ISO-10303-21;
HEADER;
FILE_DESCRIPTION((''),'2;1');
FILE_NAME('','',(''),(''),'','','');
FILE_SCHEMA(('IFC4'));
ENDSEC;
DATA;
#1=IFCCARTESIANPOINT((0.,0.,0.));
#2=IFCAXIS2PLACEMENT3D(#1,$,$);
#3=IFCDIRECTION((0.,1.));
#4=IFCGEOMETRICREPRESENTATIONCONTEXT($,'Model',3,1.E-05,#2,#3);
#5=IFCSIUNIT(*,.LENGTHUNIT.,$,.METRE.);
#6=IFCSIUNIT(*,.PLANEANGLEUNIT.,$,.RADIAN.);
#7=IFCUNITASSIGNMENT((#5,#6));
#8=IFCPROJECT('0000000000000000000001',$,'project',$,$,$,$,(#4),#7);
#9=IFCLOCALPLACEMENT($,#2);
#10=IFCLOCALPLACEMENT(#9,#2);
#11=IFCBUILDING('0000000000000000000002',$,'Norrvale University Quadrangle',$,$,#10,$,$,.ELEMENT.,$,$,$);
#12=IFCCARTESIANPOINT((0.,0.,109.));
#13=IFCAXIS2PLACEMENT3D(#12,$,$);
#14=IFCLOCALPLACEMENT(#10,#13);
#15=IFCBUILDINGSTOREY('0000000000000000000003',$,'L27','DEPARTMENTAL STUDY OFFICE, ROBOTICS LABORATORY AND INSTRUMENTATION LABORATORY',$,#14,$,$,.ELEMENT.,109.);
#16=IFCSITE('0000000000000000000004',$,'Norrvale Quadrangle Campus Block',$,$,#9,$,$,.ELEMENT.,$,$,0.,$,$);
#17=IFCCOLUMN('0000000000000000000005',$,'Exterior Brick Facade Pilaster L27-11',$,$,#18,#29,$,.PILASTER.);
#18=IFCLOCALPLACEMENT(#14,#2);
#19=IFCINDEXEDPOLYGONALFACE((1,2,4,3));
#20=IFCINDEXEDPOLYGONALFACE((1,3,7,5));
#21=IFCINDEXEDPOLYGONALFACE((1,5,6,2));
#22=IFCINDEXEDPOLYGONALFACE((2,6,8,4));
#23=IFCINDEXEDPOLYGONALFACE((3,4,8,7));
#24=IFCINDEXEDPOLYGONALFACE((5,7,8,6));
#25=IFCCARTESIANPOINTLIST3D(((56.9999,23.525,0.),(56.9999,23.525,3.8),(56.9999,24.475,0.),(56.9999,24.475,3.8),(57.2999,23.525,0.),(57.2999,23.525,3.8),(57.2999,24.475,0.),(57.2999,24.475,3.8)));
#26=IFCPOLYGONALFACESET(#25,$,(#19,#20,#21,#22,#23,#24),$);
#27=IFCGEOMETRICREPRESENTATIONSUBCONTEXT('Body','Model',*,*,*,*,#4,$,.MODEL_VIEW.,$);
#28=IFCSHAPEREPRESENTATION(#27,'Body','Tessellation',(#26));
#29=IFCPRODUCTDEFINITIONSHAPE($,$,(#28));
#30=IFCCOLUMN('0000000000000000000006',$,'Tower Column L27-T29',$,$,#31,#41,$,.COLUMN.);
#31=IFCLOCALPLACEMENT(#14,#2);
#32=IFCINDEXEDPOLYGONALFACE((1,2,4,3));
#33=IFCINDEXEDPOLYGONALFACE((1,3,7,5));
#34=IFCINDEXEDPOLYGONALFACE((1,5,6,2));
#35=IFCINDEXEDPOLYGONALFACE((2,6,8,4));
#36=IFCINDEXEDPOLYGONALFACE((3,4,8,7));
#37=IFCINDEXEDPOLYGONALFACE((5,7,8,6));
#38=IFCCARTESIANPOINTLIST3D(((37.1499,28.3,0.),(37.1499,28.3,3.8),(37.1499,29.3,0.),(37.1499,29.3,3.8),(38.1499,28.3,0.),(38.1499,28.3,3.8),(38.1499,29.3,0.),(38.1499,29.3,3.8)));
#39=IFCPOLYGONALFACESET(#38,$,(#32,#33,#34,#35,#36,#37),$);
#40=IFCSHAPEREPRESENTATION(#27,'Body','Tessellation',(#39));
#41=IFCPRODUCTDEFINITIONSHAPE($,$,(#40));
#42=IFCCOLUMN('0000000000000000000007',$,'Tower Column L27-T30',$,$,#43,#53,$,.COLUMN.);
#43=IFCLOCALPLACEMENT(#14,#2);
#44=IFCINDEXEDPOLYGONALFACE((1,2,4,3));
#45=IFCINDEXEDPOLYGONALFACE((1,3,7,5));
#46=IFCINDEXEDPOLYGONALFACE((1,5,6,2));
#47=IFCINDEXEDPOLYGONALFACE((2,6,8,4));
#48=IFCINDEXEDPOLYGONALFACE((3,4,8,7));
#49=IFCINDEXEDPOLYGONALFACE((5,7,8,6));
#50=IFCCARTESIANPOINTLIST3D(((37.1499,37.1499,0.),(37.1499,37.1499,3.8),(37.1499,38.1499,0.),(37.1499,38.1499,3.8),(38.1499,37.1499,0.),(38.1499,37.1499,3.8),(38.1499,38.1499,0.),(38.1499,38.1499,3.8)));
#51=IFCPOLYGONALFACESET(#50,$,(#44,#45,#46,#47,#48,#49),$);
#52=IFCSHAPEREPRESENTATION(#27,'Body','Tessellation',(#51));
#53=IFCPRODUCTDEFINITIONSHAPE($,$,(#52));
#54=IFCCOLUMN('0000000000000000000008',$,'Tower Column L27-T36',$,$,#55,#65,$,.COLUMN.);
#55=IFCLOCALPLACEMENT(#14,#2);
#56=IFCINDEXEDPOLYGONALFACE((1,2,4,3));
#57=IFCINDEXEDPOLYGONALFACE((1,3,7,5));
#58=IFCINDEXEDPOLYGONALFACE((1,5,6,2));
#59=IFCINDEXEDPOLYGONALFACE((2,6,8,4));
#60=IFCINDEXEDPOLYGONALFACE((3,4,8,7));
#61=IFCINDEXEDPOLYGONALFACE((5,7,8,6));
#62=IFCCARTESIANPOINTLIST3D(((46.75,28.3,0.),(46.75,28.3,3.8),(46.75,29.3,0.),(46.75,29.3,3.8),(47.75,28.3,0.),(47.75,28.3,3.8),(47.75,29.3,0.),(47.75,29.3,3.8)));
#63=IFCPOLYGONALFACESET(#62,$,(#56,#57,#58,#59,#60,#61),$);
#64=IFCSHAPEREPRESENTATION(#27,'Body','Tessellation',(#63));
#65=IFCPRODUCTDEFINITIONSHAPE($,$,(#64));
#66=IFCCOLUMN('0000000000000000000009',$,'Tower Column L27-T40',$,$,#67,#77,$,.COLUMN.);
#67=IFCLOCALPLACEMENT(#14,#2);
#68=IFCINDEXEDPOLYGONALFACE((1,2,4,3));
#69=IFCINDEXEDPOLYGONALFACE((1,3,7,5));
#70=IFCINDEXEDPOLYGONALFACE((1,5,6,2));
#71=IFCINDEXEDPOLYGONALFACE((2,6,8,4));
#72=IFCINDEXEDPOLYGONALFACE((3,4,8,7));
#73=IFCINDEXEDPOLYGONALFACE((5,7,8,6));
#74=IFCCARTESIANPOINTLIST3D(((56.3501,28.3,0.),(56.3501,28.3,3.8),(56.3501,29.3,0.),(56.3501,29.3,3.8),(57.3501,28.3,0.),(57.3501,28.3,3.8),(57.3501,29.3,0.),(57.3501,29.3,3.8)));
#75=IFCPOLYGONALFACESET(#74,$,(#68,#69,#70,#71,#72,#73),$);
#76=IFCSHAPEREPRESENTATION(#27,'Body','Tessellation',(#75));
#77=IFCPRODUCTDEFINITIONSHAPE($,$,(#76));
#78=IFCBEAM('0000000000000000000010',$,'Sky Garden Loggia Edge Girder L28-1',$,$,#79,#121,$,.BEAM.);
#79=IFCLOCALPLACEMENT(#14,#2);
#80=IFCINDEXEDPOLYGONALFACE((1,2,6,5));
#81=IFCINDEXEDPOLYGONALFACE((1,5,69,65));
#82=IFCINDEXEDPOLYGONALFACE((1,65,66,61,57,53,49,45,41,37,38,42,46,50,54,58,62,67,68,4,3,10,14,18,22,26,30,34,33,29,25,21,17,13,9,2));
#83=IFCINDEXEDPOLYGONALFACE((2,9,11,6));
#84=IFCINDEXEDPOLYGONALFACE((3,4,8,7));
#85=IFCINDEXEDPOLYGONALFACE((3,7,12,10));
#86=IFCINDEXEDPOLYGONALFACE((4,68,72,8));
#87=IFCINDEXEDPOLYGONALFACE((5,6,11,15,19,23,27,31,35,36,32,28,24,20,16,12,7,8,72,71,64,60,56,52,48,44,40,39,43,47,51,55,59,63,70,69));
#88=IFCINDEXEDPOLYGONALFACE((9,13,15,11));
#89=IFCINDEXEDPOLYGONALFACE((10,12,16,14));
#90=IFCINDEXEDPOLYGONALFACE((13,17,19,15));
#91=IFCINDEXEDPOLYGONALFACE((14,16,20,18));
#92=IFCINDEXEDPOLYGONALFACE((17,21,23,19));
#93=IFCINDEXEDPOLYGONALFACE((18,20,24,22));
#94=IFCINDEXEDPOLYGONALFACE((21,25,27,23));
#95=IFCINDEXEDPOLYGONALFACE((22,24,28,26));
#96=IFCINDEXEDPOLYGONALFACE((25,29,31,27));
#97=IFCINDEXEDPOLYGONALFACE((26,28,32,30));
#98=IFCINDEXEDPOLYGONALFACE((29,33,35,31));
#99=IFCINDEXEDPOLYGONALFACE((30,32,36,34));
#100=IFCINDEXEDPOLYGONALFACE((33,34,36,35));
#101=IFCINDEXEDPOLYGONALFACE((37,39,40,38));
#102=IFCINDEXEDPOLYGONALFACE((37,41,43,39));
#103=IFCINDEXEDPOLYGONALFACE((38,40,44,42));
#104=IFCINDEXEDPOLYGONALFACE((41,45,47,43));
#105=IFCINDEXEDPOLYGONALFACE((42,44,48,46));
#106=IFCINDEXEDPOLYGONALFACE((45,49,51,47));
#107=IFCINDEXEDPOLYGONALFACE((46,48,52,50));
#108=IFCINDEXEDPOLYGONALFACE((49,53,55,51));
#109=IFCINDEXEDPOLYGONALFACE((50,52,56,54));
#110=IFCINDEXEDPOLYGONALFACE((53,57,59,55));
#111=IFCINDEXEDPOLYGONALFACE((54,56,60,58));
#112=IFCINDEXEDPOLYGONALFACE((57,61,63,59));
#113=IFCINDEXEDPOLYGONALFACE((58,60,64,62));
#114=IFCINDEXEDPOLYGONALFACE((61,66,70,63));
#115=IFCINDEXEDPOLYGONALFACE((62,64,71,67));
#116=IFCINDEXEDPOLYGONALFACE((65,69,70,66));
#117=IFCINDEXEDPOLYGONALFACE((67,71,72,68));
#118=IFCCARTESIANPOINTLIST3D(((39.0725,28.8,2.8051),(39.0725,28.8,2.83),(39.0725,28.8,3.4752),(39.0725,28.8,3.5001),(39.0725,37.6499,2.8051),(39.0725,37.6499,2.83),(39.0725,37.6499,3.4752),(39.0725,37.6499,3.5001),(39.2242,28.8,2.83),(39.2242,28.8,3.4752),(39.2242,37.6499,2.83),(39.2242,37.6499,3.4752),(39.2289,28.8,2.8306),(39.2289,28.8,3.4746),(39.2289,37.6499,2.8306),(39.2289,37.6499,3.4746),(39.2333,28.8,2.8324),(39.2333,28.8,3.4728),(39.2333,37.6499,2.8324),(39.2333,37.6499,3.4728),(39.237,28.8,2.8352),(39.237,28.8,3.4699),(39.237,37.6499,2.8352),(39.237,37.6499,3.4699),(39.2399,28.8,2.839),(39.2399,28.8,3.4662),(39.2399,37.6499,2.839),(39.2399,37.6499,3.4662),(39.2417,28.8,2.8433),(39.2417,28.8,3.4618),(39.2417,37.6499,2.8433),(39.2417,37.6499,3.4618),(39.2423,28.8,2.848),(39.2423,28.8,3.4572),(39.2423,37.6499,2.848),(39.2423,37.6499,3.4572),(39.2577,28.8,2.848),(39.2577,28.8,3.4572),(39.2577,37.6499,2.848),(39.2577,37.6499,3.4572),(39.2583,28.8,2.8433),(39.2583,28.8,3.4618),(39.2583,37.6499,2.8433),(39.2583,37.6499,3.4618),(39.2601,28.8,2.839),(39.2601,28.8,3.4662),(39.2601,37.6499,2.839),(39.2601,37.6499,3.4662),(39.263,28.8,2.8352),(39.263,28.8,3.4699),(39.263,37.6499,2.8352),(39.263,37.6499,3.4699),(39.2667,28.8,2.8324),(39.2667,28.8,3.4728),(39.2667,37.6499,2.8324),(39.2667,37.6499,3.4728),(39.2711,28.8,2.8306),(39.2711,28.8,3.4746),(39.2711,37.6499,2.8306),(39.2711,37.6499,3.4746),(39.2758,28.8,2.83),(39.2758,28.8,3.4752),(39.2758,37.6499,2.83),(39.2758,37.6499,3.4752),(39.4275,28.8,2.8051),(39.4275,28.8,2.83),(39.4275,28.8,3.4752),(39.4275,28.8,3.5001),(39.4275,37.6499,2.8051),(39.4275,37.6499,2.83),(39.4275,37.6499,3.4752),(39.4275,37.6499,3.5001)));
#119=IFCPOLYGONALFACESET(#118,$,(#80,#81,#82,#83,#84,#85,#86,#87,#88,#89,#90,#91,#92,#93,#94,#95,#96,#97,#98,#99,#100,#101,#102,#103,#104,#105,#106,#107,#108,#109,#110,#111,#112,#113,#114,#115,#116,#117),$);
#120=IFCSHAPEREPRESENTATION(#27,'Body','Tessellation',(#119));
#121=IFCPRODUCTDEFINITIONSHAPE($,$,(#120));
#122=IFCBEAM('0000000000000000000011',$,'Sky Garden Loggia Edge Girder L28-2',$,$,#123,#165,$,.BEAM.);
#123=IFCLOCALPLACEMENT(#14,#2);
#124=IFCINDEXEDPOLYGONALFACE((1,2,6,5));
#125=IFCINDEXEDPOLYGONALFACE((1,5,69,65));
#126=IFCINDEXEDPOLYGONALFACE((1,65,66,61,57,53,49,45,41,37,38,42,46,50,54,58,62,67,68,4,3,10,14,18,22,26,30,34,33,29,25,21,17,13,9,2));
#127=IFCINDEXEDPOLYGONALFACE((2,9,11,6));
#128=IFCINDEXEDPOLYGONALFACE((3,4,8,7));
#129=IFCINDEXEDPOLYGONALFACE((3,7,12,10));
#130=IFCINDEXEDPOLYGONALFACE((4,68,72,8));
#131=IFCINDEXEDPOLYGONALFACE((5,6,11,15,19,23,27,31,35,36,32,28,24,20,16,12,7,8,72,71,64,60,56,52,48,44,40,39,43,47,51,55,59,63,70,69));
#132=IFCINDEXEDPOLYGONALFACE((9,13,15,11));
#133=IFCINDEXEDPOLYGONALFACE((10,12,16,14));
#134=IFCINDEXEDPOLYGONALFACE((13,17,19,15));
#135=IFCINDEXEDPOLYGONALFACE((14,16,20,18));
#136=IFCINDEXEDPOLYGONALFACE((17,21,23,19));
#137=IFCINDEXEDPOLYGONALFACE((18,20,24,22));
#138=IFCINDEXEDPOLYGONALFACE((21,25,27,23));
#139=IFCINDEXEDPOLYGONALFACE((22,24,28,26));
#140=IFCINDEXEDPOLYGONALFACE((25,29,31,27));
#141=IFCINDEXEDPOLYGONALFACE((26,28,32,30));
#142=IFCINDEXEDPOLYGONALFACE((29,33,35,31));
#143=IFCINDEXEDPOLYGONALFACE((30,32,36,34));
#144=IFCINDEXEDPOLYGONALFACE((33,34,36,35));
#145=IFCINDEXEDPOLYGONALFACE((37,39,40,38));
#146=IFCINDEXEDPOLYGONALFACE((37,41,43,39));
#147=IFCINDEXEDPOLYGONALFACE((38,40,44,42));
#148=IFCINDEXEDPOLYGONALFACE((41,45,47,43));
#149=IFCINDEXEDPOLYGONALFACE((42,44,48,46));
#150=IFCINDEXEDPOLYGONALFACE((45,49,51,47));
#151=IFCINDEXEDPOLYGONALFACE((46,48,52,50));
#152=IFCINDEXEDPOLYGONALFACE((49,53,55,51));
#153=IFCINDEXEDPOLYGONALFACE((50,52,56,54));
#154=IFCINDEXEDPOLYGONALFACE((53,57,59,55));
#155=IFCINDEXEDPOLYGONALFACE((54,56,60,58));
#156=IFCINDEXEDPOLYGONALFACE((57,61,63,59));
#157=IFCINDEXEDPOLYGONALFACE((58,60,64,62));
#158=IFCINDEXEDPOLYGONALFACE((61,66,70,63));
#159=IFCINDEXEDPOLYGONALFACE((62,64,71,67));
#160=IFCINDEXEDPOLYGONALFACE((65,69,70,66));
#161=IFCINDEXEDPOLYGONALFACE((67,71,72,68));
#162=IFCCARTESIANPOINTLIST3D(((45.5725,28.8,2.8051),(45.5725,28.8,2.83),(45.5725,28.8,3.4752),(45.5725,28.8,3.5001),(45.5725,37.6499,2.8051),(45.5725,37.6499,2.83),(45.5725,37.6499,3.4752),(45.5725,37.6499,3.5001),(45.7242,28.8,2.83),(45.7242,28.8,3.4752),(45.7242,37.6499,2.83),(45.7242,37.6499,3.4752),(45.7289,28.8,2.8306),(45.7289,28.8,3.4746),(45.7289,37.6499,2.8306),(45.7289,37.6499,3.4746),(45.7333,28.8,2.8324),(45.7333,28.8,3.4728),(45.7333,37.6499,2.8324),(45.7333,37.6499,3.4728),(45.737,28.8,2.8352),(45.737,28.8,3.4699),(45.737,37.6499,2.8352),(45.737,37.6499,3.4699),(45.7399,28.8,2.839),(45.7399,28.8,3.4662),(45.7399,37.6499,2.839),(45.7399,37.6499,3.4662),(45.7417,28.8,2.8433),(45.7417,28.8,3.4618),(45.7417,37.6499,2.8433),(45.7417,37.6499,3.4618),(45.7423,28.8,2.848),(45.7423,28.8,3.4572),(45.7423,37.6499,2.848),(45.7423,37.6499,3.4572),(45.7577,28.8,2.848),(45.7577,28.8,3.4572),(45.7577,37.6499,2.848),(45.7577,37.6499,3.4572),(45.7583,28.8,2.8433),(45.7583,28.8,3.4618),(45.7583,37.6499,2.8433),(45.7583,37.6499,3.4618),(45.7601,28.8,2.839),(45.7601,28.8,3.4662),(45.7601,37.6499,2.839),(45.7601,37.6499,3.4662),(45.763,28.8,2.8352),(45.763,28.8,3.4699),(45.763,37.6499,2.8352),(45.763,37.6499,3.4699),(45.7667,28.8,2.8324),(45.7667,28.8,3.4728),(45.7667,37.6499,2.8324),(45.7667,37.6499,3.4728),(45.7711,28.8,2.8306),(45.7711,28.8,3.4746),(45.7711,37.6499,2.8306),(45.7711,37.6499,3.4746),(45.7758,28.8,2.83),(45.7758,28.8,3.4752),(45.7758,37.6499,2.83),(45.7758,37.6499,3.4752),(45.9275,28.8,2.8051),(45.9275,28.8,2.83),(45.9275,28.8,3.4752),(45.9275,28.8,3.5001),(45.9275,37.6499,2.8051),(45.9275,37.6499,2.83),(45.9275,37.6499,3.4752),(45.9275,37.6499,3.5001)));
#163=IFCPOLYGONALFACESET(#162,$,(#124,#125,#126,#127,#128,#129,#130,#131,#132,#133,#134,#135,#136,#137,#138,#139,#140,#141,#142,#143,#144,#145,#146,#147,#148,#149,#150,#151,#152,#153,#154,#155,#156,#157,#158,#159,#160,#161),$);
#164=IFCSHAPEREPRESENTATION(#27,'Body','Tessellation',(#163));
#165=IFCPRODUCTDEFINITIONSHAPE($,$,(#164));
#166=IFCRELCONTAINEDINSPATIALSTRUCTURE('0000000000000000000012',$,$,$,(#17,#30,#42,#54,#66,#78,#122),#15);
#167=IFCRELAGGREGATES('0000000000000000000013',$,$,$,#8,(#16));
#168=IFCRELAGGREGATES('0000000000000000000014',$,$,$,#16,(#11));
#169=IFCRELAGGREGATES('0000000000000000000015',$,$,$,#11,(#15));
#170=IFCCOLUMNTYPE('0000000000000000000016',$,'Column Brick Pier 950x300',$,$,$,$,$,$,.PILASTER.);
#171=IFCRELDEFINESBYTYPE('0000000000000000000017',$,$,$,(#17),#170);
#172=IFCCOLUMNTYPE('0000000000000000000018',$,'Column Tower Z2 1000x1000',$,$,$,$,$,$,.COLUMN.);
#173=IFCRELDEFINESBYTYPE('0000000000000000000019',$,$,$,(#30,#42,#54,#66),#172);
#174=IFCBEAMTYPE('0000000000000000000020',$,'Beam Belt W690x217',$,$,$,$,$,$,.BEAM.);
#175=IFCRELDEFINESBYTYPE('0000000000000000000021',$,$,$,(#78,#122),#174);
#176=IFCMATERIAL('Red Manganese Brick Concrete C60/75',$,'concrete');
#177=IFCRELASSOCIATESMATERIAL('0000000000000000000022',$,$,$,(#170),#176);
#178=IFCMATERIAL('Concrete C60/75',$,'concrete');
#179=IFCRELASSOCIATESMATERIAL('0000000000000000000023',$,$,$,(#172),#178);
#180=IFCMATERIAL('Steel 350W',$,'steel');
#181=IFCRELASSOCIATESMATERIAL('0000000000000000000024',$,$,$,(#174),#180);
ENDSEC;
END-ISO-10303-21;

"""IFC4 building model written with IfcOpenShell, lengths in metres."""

from ifc_helpers import new_model, si_unit, direction, frame, origin, origin_2d, place, context, subcontext, project, spatial, rectangle, i_section, extrude, material, material_profile, profile_set, type_object, element, save


model = new_model("IFC4")

# Units and contexts
model_context = context("Model", 3, precision=1e-05, world=origin(), true_north=direction((0.0, 1.0)))
body_context = subcontext(model_context, "Body", "Model", "MODEL_VIEW")
ifc_project = project(units=[si_unit("LENGTHUNIT", "METRE"), si_unit("PLANEANGLEUNIT", "RADIAN")], contexts=[model_context])

# Site, building, storey
site_placement = place(None, origin())
site = spatial("IfcSite", under=ifc_project, at=site_placement, Name="Norrvale Quadrangle Campus Block", CompositionType="ELEMENT", RefElevation=0.0)
building_placement = place(site_placement, origin())
building = spatial("IfcBuilding", under=site, at=building_placement, Name="Norrvale University Quadrangle", CompositionType="ELEMENT")
storey_placement = place(building_placement, frame((0.0, 0.0, 109.0)))
storey = spatial("IfcBuildingStorey", under=building, at=storey_placement, Name="L27", Description="DEPARTMENTAL STUDY OFFICE, ROBOTICS LABORATORY AND INSTRUMENTATION LABORATORY", CompositionType="ELEMENT", Elevation=109.0)

# Columns
ifc_material_1 = material(Name="Red Manganese Brick Concrete C60/75", Category="concrete")
ifc_material_profile_1 = material_profile(ifc_material_1, rectangle(XDim=0.95, YDim=0.3, at=origin_2d()), Name="Red Manganese Brick Concrete C60/75")
ifc_profile_set_1 = profile_set([ifc_material_profile_1], Name="Red Manganese Brick Concrete C60/75")
column_type_1 = type_object("IfcColumnType", Name="Column Brick Pier 950x300", PredefinedType="PILASTER", material=ifc_profile_set_1)
column_placement = place(storey_placement, frame((57.1499, 24.0, 0.0), z_axis=(0.0, 0.0, 1.0), x_axis=(0.0, 1.0, 0.0)))
element("IfcColumn", 1, at=column_placement, inside=storey, type_object=column_type_1, Name="Exterior Brick Facade Pilaster L27-11", PredefinedType="PILASTER", context=body_context, shape_type="SweptSolid", body=[
    extrude(rectangle(XDim=0.95, YDim=0.3, at=origin_2d()), origin(), (0.0, 0.0, 1.0), 3.8),
])
ifc_material_2 = material(Name="Concrete C60/75", Category="concrete")
ifc_material_profile_2 = material_profile(ifc_material_2, rectangle(XDim=1.0, YDim=1.0, at=origin_2d()), Name="Concrete C60/75")
ifc_profile_set_2 = profile_set([ifc_material_profile_2], Name="Concrete C60/75")
column_type_2 = type_object("IfcColumnType", Name="Column Tower Z2 1000x1000", PredefinedType="COLUMN", material=ifc_profile_set_2)
for number, where, z_axis, x_axis, name in (
    (2, (37.6499, 28.8, 0.0), (0.0, 0.0, 1.0), (1.0, 0.0, 0.0), "Tower Column L27-T29"),
    (3, (37.6499, 37.6499, 0.0), (0.0, 0.0, 1.0), (1.0, 0.0, 0.0), "Tower Column L27-T30"),
    (4, (47.25, 28.8, 0.0), (0.0, 0.0, 1.0), (1.0, 0.0, 0.0), "Tower Column L27-T36"),
    (5, (56.8501, 28.8, 0.0), (0.0, 0.0, 1.0), (1.0, 0.0, 0.0), "Tower Column L27-T40"),
):
    element("IfcColumn", number, at=place(storey_placement, frame(where, z_axis=z_axis, x_axis=x_axis)), inside=storey, type_object=column_type_2, Name=name, PredefinedType="COLUMN", context=body_context, shape_type="SweptSolid", body=[
        extrude(rectangle(XDim=1.0, YDim=1.0, at=origin_2d()), origin(), (0.0, 0.0, 1.0), 3.8),
    ])

# Beams
ifc_material_3 = material(Name="Steel 350W", Category="steel")
ifc_material_profile_3 = material_profile(ifc_material_3, i_section(OverallWidth=0.355, OverallDepth=0.6951, WebThickness=0.0154, FlangeThickness=0.0249, FilletRadius=0.0181, at=origin_2d()), Name="Steel 350W")
ifc_profile_set_3 = profile_set([ifc_material_profile_3], Name="Steel 350W")
beam_type_1 = type_object("IfcBeamType", Name="Beam Belt W690x217", PredefinedType="BEAM", material=ifc_profile_set_3)
for number, where, z_axis, x_axis, name in (
    (6, (39.25, 28.8, 3.1526), (0.0, 1.0, 0.0), (-1.0, 0.0, 0.0), "Sky Garden Loggia Edge Girder L28-1"),
    (7, (45.75, 28.8, 3.1526), (0.0, 1.0, 0.0), (-1.0, 0.0, 0.0), "Sky Garden Loggia Edge Girder L28-2"),
):
    element("IfcBeam", number, at=place(storey_placement, frame(where, z_axis=z_axis, x_axis=x_axis)), inside=storey, type_object=beam_type_1, Name=name, PredefinedType="BEAM", context=body_context, shape_type="SweptSolid", body=[
        extrude(i_section(OverallWidth=0.355, OverallDepth=0.6951, WebThickness=0.0154, FlangeThickness=0.0249, FilletRadius=0.0181, at=origin_2d()), origin(), (0.0, 0.0, 1.0), 8.8499),
    ])

save(model, "model.ifc")
